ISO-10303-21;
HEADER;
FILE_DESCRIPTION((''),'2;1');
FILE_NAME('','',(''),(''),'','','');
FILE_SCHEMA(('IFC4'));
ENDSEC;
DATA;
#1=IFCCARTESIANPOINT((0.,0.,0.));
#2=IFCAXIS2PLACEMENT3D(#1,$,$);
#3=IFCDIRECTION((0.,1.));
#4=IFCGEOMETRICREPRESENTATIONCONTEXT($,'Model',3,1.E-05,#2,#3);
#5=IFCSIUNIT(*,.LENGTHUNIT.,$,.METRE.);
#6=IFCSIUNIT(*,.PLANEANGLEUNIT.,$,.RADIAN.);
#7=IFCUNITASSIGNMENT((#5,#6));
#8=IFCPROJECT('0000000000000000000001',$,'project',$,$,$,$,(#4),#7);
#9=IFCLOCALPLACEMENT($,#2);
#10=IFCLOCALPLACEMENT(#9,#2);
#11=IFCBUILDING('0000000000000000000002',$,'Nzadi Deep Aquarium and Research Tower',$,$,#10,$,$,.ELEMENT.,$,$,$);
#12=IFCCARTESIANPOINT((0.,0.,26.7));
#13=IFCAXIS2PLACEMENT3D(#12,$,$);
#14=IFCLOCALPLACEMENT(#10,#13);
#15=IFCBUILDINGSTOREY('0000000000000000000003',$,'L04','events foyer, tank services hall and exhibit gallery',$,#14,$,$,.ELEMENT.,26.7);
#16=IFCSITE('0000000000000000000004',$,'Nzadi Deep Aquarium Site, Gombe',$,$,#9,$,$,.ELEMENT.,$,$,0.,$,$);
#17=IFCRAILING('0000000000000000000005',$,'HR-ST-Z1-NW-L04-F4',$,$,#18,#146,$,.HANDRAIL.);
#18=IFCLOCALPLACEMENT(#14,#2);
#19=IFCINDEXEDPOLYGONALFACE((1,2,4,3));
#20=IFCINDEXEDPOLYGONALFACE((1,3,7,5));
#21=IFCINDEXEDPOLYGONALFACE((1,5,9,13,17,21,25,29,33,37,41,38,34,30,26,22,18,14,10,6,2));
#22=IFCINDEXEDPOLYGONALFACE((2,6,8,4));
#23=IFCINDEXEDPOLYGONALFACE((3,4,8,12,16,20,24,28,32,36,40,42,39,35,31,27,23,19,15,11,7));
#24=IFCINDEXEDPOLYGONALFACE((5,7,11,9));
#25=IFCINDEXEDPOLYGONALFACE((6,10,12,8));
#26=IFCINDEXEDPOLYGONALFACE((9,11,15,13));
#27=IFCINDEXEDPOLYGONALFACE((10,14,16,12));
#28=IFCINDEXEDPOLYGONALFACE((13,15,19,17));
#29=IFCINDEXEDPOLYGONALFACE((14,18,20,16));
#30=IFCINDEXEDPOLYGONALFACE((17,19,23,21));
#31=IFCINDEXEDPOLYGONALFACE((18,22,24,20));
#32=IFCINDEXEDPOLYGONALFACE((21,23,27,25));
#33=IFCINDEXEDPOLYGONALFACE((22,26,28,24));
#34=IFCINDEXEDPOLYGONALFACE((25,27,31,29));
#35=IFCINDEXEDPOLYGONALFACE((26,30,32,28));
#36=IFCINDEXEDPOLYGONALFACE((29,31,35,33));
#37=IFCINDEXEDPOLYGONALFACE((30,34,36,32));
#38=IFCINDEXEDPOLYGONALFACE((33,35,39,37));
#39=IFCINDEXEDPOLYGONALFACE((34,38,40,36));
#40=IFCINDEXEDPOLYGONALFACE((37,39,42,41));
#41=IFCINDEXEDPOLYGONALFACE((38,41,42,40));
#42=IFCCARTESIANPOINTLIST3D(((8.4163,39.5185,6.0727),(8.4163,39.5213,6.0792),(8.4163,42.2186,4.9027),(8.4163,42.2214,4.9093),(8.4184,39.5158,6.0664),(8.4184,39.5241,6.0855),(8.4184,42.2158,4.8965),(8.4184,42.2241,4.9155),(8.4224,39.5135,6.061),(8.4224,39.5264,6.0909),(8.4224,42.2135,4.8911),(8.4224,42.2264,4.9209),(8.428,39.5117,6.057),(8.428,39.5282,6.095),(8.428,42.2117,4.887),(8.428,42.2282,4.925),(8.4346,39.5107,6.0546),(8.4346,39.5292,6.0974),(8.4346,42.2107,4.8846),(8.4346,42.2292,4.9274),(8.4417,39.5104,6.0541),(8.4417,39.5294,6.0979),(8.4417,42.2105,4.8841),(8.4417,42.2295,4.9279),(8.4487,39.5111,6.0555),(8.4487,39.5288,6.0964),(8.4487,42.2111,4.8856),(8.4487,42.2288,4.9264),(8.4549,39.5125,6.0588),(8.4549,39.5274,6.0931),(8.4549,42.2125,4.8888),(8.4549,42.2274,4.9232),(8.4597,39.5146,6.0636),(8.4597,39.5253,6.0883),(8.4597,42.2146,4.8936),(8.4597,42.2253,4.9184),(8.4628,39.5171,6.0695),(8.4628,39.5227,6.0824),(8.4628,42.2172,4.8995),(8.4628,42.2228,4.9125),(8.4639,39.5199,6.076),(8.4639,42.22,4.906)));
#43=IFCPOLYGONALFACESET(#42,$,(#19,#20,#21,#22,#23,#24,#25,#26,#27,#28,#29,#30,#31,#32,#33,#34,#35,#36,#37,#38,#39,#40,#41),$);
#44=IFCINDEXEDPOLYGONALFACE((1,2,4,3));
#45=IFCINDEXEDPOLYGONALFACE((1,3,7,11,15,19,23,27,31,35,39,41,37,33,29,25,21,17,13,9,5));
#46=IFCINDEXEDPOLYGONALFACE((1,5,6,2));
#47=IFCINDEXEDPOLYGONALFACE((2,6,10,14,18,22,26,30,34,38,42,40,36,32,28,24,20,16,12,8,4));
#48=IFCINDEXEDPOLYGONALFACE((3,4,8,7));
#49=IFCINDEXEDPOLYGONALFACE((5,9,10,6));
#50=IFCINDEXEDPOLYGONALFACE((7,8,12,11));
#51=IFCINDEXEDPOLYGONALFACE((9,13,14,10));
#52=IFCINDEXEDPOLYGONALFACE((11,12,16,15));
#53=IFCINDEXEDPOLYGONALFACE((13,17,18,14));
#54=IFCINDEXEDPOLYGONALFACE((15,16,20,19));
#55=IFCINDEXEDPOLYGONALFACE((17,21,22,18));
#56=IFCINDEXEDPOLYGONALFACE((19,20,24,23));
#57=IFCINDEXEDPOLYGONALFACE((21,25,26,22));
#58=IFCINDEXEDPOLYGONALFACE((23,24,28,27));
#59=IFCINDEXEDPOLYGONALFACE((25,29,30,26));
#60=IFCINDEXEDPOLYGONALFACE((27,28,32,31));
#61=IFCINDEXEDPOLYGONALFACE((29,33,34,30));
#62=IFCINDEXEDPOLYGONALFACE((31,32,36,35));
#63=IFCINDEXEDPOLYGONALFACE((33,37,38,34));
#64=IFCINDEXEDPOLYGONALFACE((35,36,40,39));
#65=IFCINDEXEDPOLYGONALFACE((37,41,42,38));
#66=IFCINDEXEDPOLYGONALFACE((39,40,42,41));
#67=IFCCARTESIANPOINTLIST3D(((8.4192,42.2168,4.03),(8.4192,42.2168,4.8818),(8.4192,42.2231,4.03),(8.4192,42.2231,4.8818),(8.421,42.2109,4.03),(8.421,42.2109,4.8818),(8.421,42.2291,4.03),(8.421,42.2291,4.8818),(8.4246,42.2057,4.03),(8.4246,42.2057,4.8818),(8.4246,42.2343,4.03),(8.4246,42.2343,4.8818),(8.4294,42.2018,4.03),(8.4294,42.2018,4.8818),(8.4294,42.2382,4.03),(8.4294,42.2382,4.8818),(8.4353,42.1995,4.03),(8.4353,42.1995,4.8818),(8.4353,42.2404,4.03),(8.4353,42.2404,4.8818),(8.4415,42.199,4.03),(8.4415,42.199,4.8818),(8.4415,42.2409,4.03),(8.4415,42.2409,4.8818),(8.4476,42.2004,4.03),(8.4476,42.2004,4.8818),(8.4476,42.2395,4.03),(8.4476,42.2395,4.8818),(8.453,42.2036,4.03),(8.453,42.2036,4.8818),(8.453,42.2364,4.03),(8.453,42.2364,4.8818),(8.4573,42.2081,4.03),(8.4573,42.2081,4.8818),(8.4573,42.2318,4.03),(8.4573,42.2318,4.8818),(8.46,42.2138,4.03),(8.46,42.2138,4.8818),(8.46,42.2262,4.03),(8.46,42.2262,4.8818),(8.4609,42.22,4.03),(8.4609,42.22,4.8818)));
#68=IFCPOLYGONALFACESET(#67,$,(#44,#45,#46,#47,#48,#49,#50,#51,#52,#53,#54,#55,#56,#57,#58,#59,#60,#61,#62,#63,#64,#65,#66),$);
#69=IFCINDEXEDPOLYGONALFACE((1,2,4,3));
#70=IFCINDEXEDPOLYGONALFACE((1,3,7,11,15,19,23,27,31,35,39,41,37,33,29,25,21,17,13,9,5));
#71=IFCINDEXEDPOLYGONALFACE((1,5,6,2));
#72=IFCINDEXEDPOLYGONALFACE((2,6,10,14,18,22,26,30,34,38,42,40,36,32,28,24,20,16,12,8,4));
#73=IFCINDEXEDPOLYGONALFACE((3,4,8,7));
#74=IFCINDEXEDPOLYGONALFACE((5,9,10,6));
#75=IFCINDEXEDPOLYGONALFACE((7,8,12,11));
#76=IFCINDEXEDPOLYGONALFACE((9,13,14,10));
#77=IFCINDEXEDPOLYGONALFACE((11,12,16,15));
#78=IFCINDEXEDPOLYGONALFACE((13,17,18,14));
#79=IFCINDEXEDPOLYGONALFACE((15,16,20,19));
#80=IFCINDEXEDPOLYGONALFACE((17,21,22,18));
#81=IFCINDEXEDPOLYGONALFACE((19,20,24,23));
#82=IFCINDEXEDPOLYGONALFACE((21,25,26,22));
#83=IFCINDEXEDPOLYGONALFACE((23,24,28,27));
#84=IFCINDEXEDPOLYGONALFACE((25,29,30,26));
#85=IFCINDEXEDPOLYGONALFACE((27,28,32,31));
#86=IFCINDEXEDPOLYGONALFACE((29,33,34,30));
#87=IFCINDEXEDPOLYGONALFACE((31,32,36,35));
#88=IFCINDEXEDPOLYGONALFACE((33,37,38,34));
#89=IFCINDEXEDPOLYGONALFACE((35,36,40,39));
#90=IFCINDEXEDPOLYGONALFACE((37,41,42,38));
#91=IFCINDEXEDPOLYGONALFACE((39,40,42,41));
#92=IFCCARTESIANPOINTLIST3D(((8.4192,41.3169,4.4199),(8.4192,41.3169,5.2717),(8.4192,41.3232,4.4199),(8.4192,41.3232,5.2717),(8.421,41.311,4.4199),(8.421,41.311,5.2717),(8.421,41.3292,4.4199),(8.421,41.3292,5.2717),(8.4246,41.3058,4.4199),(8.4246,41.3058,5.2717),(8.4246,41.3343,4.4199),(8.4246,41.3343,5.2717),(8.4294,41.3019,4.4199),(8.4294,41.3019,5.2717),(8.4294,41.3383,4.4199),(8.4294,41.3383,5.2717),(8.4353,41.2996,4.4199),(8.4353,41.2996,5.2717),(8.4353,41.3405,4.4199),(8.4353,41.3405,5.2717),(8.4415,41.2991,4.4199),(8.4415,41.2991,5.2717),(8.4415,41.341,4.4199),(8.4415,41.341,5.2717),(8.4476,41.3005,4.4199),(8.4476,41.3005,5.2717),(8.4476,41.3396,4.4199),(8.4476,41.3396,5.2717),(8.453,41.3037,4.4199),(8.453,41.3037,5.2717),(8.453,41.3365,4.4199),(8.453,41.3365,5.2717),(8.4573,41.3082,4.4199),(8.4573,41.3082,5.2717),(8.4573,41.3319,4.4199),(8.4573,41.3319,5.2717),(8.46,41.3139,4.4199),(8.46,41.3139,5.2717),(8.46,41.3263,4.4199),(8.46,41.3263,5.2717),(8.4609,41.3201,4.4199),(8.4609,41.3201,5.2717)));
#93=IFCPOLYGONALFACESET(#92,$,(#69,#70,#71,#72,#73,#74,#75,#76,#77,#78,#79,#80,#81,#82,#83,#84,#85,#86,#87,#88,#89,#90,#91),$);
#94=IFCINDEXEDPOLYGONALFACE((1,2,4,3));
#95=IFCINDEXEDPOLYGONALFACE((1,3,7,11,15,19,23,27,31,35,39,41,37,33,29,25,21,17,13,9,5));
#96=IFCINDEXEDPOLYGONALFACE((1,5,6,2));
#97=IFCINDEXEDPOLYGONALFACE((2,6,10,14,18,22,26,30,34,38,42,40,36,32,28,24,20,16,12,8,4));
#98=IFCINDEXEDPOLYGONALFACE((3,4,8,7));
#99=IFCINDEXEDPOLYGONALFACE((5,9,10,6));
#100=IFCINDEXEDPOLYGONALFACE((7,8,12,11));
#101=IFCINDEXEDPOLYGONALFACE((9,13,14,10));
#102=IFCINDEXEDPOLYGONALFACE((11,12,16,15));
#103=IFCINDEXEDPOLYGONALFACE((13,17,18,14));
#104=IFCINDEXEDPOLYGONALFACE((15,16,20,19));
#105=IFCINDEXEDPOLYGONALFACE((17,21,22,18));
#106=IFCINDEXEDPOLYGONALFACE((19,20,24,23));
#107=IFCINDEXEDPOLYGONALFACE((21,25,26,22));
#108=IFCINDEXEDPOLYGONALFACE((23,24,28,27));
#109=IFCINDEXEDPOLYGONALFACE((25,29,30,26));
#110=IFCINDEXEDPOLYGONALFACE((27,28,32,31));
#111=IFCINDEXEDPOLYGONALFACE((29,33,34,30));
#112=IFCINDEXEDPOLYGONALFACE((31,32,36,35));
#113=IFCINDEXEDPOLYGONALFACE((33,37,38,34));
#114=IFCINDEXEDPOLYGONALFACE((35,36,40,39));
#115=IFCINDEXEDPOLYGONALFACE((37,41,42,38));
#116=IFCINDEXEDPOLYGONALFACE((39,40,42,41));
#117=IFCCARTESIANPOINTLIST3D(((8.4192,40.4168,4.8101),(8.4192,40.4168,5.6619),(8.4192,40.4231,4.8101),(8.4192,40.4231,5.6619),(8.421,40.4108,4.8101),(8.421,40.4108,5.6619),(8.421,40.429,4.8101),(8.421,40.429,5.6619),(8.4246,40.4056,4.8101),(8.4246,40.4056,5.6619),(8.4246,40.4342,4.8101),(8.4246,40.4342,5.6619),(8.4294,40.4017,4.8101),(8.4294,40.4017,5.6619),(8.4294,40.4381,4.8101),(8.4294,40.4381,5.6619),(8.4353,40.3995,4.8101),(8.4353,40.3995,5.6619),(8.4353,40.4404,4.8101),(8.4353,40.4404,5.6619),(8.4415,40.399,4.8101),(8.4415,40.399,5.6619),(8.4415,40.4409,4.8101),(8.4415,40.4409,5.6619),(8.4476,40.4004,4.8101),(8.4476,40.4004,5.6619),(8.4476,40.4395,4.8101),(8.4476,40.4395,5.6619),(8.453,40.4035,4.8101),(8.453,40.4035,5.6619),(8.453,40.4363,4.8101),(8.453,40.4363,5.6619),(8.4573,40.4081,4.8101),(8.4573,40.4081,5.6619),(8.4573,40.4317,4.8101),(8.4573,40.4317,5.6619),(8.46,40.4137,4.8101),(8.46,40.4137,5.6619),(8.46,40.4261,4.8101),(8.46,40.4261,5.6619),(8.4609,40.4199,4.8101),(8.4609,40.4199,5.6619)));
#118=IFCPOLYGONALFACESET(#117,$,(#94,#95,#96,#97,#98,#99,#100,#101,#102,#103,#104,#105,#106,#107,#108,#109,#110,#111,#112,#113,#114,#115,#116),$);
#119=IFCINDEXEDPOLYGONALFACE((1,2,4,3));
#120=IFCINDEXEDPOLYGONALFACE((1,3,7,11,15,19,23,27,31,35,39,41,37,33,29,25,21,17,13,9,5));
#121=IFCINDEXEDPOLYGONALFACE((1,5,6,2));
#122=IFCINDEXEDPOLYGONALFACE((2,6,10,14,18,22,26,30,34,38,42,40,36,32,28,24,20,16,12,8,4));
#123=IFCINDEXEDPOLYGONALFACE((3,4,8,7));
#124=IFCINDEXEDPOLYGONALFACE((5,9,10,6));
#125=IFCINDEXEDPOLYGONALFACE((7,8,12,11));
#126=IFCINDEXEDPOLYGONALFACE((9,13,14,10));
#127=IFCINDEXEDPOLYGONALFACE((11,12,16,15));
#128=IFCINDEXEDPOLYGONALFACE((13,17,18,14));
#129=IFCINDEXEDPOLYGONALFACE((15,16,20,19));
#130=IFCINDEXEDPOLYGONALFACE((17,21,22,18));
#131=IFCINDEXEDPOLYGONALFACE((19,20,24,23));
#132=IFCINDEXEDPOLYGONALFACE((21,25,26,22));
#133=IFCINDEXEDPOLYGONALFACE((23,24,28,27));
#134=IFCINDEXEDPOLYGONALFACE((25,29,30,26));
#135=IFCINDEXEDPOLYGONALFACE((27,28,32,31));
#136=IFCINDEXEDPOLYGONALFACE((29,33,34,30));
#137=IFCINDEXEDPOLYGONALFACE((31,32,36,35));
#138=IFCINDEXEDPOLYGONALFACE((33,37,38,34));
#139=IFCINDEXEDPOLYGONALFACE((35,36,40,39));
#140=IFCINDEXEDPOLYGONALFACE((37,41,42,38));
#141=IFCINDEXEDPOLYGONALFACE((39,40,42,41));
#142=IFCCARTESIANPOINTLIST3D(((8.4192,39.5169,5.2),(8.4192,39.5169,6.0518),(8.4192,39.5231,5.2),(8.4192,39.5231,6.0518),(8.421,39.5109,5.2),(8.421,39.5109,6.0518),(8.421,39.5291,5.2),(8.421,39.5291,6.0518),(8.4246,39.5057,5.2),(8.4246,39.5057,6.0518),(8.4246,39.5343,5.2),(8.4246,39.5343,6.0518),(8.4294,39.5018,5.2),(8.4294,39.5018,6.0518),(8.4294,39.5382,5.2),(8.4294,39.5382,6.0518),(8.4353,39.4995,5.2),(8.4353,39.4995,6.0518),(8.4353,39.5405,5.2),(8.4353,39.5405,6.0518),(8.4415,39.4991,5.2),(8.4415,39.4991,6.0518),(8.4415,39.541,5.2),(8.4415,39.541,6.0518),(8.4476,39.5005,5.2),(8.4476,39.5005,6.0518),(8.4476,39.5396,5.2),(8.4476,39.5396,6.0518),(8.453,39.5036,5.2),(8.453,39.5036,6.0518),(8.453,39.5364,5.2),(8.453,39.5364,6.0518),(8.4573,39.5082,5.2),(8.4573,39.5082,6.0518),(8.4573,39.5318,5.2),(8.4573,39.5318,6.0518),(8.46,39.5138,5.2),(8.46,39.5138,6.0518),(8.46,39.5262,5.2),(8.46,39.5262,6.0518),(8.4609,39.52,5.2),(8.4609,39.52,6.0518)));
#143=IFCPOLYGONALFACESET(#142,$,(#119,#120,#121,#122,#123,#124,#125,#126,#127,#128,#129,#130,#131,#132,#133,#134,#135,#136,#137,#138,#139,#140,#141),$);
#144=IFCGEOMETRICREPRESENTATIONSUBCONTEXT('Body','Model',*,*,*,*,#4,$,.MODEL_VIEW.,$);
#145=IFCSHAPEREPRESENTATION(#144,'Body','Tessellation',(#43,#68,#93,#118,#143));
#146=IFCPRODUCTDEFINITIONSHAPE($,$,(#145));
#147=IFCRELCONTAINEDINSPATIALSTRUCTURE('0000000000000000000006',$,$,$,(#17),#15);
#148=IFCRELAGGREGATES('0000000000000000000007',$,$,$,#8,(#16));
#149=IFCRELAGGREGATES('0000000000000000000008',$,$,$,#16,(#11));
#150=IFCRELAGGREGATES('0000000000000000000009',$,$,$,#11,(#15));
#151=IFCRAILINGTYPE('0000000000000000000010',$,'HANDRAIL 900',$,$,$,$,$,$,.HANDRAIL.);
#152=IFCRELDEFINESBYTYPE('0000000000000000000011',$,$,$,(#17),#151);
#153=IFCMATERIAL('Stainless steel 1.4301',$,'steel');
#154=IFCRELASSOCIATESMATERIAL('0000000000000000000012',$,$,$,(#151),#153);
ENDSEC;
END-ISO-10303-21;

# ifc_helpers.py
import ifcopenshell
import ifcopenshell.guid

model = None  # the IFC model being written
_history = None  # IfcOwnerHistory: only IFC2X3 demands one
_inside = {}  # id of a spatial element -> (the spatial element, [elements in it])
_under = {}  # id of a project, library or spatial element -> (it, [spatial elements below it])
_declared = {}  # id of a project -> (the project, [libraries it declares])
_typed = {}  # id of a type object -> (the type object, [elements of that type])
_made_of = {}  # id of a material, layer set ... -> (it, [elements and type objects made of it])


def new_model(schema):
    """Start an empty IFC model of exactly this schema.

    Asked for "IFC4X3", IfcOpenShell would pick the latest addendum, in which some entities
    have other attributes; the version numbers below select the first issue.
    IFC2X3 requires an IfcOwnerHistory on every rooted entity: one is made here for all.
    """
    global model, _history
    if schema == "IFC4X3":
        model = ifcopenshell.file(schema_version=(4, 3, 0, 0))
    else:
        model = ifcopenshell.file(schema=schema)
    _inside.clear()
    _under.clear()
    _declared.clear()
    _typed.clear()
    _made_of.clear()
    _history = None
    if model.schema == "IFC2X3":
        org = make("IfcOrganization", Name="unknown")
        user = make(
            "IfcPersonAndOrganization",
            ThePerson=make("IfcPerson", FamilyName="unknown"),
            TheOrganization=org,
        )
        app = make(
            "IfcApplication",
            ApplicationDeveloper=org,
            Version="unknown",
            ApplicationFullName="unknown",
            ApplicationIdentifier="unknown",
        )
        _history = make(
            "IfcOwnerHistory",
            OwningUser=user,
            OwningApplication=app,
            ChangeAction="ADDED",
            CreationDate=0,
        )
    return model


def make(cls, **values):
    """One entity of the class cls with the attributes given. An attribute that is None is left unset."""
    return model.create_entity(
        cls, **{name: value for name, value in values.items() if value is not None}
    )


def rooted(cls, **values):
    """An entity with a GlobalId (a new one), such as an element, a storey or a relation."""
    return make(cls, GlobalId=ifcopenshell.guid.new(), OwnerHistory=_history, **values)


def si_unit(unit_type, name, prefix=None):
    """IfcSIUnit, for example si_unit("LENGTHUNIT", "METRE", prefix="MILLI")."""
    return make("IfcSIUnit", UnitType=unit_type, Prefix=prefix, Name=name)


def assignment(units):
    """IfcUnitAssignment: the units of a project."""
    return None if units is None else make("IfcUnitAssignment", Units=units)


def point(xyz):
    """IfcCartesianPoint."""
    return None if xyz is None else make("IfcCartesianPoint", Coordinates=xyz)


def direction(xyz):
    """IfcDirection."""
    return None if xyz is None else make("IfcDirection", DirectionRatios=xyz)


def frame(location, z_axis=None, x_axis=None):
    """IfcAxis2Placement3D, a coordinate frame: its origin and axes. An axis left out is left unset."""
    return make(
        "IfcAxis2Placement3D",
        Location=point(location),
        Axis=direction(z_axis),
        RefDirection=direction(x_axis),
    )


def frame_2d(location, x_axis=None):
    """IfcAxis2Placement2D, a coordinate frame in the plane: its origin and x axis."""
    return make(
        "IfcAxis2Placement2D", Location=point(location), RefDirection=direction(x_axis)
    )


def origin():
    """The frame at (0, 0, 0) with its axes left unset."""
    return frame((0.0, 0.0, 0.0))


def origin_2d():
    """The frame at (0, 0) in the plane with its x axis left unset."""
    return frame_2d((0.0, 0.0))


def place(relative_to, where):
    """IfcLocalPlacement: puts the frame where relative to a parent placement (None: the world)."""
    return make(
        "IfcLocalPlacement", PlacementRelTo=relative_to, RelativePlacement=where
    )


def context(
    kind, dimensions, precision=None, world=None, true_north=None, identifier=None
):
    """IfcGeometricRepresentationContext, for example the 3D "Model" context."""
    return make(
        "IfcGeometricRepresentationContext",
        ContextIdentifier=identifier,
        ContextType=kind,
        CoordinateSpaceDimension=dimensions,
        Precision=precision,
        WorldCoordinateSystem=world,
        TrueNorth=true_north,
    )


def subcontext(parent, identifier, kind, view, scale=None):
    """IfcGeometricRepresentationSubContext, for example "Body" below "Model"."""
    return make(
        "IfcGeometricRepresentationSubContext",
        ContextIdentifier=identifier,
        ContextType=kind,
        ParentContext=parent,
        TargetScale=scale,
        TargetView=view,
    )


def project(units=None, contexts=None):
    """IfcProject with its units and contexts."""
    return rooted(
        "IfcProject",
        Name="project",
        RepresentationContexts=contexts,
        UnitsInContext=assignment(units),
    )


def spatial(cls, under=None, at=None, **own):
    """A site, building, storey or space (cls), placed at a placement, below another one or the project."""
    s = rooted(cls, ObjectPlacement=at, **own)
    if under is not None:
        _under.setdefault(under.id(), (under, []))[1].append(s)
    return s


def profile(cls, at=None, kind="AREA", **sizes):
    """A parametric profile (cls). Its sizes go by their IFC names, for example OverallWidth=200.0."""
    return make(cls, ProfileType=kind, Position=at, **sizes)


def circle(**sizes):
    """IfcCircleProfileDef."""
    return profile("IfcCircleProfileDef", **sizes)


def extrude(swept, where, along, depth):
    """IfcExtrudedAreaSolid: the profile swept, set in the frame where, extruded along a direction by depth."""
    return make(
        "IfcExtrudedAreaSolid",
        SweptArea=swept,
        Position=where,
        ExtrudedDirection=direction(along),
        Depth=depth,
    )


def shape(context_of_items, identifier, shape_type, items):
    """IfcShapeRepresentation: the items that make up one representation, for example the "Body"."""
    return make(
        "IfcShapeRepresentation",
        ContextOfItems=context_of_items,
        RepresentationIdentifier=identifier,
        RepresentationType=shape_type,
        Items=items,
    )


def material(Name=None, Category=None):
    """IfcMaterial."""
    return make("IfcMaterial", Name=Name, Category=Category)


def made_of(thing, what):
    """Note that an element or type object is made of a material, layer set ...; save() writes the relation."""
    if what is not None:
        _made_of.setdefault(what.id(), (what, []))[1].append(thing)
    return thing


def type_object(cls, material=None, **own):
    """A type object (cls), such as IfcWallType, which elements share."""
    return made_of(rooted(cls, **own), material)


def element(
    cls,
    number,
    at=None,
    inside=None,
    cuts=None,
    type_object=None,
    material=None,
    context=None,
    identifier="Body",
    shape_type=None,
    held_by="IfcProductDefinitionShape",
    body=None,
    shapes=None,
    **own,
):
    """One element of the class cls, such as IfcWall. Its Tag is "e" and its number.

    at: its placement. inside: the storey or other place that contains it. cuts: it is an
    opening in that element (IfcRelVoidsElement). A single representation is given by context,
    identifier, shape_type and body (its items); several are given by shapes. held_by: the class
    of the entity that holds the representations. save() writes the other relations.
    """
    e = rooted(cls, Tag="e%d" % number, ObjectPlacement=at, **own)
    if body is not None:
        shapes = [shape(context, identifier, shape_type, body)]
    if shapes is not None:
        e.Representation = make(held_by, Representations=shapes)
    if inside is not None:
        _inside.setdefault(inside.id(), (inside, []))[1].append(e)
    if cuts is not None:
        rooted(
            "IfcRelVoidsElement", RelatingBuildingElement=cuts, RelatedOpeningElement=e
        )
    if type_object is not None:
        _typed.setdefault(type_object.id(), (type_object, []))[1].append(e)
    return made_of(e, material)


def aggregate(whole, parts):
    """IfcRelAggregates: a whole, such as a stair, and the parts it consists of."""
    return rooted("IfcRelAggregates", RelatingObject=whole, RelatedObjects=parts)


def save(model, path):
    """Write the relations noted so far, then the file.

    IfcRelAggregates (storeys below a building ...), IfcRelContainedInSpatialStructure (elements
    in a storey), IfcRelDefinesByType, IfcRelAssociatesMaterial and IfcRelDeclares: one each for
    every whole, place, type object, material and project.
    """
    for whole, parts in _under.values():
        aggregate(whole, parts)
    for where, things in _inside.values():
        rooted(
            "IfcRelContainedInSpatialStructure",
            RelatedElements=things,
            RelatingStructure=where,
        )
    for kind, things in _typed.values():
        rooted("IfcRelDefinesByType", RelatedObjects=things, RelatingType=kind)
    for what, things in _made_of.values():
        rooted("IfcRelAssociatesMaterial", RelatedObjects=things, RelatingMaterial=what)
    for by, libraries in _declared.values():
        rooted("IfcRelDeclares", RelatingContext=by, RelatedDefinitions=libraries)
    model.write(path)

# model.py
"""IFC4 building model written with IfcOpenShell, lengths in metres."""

from ifc_helpers import new_model, si_unit, direction, frame, origin, origin_2d, place, context, subcontext, project, spatial, circle, extrude, material, type_object, element, save


model = new_model("IFC4")

# Units and contexts
model_context = context("Model", 3, precision=1e-05, world=origin(), true_north=direction((0.0, 1.0)))
body_context = subcontext(model_context, "Body", "Model", "MODEL_VIEW")
ifc_project = project(units=[si_unit("LENGTHUNIT", "METRE"), si_unit("PLANEANGLEUNIT", "RADIAN")], contexts=[model_context])

# Site, building, storey
site_placement = place(None, origin())
site = spatial("IfcSite", under=ifc_project, at=site_placement, Name="Nzadi Deep Aquarium Site, Gombe", CompositionType="ELEMENT", RefElevation=0.0)
building_placement = place(site_placement, origin())
building = spatial("IfcBuilding", under=site, at=building_placement, Name="Nzadi Deep Aquarium and Research Tower", CompositionType="ELEMENT")
storey_placement = place(building_placement, frame((0.0, 0.0, 26.7)))
storey = spatial("IfcBuildingStorey", under=building, at=storey_placement, Name="L04", Description="events foyer, tank services hall and exhibit gallery", CompositionType="ELEMENT", Elevation=26.7)

# Railing
ifc_material_1 = material(Name="Stainless steel 1.4301", Category="steel")
railing_type = type_object("IfcRailingType", Name="HANDRAIL 900", PredefinedType="HANDRAIL", material=ifc_material_1)
for number, where, name in (
    (1, (8.4399, 42.22, 4.03), "HR-ST-Z1-NW-L04-F4"),
):
    element("IfcRailing", number, at=place(storey_placement, frame(where)), inside=storey, type_object=railing_type, Name=name, PredefinedType="HANDRAIL", context=body_context, shape_type="SweptSolid", body=[
        extrude(circle(Radius=0.0239, at=origin_2d()), frame((0.0, 0.0, 0.876), z_axis=(0.0, -0.917563, 0.397591), x_axis=(1.0, 0.0, 0.0)), (0.0, 0.0, 1.0), 2.9426),
        extrude(circle(Radius=0.021, at=origin_2d()), origin(), (0.0, 0.0, 1.0), 0.8518),
        extrude(circle(Radius=0.021, at=origin_2d()), frame((0.0, -0.8999, 0.3899)), (0.0, 0.0, 1.0), 0.8518),
        extrude(circle(Radius=0.021, at=origin_2d()), frame((0.0, -1.8, 0.78)), (0.0, 0.0, 1.0), 0.8518),
        extrude(circle(Radius=0.021, at=origin_2d()), frame((0.0, -2.7, 1.1699)), (0.0, 0.0, 1.0), 0.8518),
    ])

save(model, "model.ifc")
